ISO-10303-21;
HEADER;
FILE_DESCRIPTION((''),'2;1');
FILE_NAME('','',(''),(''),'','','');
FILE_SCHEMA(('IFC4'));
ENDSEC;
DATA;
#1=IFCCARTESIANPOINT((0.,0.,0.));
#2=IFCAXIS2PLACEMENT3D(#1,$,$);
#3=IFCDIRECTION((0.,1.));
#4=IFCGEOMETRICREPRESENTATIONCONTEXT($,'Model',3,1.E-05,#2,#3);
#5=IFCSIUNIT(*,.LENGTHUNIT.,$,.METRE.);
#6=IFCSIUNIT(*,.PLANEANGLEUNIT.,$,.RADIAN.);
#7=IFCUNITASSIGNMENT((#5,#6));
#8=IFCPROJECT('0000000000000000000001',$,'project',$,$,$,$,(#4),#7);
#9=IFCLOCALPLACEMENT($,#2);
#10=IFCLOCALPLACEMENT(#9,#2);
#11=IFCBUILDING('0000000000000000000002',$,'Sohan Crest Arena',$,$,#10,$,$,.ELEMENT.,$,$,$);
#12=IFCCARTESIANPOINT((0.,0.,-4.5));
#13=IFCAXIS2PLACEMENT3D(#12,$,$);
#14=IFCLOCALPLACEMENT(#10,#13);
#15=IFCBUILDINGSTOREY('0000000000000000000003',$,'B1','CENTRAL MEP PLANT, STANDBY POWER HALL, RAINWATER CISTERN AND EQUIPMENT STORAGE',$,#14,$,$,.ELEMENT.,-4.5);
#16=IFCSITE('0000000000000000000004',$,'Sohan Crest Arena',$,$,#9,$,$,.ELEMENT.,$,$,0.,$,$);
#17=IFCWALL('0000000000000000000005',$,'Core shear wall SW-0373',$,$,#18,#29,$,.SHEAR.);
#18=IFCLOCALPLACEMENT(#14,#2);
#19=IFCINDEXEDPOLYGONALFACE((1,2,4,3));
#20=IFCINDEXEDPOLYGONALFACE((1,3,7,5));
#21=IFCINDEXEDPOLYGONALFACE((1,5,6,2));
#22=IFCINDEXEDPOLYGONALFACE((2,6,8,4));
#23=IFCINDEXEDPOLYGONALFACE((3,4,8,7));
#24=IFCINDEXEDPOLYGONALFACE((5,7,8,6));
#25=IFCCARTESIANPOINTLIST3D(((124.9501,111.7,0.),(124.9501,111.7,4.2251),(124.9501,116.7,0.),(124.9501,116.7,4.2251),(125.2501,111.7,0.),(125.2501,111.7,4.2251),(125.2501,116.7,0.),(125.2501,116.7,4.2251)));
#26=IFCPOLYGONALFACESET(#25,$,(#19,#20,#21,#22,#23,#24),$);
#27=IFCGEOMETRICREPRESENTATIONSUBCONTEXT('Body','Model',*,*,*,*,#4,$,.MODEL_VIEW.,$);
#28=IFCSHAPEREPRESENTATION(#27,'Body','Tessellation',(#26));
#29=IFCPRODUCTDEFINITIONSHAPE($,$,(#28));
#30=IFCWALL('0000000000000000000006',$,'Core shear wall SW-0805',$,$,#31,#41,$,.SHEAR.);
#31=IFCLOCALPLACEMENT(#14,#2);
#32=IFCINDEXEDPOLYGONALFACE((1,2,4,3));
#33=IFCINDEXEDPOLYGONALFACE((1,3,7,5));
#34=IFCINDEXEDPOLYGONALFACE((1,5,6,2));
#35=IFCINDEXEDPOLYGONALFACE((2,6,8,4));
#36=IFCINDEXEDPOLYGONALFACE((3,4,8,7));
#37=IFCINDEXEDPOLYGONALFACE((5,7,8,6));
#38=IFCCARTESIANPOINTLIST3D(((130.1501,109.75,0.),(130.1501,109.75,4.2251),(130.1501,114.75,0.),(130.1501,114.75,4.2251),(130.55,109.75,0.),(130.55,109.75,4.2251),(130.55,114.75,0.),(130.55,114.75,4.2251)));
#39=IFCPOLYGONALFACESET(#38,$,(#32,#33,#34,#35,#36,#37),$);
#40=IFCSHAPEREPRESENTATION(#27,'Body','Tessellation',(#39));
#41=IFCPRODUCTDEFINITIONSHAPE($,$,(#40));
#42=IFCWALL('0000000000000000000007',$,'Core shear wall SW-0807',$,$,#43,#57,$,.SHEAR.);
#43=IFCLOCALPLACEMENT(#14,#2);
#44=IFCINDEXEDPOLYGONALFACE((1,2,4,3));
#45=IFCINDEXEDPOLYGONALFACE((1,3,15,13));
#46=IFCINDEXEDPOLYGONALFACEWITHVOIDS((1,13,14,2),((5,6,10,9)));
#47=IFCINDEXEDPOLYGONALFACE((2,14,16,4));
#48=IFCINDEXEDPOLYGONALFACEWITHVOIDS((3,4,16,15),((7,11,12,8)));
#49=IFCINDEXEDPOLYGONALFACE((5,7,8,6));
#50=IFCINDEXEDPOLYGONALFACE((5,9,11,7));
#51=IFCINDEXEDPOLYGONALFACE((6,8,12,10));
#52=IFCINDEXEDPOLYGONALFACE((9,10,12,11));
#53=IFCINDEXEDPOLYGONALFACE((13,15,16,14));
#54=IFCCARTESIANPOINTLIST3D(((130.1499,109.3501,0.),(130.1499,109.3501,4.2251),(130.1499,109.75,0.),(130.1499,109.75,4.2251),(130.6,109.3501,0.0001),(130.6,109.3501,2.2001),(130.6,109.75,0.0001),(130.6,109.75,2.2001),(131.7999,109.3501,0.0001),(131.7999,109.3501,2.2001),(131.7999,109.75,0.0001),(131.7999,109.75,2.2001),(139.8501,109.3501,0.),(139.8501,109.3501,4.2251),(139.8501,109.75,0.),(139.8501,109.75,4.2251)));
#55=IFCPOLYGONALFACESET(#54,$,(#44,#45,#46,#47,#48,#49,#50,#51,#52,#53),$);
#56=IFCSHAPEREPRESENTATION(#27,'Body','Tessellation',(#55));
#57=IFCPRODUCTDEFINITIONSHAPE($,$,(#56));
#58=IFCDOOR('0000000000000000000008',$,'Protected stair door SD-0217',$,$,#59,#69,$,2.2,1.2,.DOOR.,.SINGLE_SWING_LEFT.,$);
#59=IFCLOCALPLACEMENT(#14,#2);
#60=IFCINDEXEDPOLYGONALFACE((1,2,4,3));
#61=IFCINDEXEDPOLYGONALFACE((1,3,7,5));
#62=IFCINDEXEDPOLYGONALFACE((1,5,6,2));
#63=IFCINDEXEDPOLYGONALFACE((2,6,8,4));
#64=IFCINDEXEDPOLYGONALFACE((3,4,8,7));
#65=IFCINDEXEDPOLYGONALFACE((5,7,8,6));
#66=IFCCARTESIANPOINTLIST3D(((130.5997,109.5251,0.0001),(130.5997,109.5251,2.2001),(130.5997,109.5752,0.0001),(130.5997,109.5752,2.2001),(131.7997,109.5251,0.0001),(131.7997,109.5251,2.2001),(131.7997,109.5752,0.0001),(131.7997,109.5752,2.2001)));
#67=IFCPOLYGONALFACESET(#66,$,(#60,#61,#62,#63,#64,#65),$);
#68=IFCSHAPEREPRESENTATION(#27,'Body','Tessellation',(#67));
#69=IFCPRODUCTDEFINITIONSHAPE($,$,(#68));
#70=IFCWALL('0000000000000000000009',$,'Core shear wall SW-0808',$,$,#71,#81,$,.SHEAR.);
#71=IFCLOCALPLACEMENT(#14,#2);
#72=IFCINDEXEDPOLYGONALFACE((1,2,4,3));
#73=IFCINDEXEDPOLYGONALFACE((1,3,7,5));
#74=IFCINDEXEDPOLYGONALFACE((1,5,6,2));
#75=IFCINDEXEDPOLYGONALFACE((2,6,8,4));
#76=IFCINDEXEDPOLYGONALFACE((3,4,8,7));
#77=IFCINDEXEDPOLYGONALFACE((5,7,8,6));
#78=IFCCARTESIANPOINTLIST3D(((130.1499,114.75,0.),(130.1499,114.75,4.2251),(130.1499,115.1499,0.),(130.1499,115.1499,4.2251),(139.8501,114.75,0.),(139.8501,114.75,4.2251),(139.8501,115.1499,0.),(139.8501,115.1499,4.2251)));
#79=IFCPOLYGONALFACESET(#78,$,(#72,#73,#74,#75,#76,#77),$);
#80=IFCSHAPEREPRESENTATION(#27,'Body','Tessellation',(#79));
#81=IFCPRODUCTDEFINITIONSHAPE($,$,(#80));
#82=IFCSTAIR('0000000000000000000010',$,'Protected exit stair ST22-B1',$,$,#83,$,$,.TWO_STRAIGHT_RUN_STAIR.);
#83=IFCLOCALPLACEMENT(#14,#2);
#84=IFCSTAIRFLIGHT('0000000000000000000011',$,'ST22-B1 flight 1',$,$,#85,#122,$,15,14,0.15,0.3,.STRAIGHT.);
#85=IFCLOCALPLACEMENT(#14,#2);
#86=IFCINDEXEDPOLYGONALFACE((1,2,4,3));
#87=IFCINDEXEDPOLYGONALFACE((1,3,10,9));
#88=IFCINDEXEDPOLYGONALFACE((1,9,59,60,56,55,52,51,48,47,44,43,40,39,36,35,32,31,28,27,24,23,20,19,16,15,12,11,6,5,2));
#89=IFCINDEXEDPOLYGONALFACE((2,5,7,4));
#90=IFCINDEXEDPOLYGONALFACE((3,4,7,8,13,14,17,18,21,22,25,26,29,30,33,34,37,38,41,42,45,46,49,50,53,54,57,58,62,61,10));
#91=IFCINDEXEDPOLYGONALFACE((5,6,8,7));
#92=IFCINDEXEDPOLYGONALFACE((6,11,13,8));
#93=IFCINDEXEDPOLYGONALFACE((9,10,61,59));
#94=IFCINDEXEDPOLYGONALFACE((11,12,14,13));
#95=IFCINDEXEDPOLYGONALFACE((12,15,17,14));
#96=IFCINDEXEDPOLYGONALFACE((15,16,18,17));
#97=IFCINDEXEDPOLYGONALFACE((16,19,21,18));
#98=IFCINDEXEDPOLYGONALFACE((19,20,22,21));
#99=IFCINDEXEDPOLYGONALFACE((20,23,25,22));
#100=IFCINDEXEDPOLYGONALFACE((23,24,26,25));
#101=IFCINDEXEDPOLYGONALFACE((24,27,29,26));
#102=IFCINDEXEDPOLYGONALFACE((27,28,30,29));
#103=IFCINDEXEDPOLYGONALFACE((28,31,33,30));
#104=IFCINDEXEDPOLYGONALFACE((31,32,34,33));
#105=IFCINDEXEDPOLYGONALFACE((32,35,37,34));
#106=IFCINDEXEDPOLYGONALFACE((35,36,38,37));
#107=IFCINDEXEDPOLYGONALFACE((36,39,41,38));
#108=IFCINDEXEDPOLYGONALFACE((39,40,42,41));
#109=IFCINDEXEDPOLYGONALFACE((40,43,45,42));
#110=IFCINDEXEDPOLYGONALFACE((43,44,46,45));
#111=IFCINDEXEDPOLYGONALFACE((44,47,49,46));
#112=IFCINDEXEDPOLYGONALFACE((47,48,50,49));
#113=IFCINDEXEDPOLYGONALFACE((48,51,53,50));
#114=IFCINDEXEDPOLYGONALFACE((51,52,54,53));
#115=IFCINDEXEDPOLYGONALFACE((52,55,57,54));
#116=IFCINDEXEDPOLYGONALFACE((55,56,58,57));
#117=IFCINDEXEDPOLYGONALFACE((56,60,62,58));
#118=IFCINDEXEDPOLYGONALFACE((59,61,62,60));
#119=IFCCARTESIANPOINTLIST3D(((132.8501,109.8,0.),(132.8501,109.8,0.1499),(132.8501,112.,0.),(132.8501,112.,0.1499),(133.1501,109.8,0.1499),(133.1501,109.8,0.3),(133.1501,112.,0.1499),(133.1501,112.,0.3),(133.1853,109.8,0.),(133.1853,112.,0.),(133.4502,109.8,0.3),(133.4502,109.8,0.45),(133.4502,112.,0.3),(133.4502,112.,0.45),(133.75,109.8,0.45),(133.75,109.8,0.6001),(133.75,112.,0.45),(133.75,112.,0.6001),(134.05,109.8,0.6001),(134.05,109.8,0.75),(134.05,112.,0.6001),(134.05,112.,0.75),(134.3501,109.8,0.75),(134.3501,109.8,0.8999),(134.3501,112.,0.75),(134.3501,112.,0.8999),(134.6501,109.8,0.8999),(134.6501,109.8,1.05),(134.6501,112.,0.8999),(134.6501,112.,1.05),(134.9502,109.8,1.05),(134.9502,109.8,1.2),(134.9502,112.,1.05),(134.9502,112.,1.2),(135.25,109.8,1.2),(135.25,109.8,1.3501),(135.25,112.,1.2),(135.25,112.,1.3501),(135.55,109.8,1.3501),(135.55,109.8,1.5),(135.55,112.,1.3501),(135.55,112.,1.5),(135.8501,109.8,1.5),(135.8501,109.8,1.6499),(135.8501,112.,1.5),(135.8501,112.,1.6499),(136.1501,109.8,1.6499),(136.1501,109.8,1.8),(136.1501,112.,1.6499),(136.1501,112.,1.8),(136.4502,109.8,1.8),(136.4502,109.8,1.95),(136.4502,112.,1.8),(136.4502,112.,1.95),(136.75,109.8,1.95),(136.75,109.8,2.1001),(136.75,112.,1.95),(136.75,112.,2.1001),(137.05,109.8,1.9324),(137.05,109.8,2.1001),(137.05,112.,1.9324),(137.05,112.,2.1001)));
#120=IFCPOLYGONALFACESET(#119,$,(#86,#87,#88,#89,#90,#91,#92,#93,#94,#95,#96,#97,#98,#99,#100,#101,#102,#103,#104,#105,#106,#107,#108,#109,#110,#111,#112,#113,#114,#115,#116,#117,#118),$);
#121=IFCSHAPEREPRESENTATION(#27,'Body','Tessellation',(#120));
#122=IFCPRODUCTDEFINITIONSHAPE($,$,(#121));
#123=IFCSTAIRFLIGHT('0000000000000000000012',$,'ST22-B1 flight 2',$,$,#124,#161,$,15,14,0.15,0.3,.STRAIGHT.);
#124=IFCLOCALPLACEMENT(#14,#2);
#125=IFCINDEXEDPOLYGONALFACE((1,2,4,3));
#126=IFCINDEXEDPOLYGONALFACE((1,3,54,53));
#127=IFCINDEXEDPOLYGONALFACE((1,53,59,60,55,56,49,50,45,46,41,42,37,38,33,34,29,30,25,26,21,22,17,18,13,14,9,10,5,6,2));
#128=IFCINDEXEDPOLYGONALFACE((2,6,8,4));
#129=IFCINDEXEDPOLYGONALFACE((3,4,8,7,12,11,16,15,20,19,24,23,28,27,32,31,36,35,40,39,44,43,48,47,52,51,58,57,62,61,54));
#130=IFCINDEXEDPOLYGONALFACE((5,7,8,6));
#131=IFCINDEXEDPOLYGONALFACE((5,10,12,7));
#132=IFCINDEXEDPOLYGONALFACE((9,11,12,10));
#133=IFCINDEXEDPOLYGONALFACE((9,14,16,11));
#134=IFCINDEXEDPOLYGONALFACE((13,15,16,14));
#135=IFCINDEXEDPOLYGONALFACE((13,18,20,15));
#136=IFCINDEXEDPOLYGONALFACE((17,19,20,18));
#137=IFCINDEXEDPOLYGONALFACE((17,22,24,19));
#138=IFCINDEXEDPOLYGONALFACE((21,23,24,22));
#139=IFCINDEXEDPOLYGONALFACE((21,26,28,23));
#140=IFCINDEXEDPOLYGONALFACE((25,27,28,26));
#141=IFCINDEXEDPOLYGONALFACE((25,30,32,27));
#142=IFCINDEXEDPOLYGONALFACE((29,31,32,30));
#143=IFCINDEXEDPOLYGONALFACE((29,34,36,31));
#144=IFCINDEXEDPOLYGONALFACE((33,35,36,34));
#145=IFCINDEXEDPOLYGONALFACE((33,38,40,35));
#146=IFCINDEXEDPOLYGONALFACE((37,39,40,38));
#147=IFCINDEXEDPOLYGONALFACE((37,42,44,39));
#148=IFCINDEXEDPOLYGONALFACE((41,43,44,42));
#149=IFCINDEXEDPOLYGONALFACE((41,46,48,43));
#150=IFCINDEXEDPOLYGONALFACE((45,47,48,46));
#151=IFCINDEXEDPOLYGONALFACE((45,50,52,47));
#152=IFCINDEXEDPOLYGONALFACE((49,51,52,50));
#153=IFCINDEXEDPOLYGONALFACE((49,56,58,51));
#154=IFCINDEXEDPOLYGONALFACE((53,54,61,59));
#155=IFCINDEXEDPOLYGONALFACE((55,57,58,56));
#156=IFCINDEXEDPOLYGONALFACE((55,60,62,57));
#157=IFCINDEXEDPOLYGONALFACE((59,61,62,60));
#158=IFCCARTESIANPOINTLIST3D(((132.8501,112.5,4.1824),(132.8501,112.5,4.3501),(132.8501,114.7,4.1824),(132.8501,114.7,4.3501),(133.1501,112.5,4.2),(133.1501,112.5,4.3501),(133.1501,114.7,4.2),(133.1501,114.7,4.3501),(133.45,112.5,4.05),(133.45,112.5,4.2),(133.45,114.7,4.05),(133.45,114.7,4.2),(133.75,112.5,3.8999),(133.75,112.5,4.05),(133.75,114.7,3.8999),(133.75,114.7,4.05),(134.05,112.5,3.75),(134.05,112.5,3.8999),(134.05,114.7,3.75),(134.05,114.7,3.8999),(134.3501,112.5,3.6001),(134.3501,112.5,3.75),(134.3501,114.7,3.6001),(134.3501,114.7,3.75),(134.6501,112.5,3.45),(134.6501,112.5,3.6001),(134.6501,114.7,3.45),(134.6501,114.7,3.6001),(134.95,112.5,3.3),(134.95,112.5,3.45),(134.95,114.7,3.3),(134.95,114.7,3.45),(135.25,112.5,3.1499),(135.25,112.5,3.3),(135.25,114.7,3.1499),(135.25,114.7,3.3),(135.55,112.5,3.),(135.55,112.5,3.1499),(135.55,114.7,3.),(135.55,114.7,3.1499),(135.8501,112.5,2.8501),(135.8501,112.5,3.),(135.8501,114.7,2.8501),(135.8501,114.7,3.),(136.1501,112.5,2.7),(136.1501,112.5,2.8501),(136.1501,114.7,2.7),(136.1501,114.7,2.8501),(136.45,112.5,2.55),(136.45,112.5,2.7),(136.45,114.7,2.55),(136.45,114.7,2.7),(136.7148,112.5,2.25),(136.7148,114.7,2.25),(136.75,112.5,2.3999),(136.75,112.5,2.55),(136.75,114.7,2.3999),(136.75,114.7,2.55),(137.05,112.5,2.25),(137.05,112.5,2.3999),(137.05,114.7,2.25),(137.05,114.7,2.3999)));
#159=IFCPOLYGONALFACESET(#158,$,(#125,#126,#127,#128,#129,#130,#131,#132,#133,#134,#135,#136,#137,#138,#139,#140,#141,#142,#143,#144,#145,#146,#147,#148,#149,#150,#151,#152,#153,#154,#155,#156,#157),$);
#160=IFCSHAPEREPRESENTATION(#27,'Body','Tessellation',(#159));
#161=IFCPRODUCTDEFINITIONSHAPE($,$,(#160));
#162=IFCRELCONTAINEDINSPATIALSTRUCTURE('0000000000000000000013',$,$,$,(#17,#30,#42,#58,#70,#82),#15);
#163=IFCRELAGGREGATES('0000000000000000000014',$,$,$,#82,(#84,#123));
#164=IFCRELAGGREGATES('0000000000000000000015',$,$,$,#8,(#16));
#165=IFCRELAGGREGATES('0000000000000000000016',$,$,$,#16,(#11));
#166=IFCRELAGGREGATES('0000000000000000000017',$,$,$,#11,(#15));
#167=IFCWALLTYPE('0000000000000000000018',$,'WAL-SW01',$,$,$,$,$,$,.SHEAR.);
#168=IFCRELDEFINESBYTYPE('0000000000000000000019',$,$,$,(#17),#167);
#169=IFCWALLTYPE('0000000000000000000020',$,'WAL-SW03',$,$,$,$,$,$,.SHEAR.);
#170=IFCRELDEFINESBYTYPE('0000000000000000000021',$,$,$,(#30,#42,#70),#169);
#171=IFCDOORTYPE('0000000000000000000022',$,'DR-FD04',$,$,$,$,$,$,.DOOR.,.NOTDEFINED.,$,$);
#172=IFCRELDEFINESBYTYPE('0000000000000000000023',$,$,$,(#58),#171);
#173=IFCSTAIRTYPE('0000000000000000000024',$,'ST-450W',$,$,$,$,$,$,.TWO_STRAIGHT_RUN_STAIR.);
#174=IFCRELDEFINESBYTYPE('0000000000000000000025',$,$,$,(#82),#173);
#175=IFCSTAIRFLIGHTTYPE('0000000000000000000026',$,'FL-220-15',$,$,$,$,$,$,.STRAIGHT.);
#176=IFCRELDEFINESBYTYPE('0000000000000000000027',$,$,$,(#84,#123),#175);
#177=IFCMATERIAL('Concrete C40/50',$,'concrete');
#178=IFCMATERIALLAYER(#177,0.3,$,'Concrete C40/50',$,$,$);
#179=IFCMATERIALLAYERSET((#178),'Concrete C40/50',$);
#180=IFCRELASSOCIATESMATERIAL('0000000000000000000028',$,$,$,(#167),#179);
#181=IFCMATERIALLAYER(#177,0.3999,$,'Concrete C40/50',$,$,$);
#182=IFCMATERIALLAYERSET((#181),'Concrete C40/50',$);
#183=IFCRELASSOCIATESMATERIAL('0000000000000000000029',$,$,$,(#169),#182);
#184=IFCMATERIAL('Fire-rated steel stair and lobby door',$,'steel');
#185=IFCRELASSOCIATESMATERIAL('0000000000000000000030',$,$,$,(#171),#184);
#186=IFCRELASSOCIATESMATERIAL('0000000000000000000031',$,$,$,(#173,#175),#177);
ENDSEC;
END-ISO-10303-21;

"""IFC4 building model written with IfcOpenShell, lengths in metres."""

from ifc_helpers import new_model, si_unit, direction, frame, frame_2d, origin, place, context, subcontext, project, spatial, polyline, rectangle, outline, extrude, material, layer, layer_set, type_object, element, fill, aggregate, save


model = new_model("IFC4")

# Units and contexts
model_context = context("Model", 3, precision=1e-05, world=origin(), true_north=direction((0.0, 1.0)))
body_context = subcontext(model_context, "Body", "Model", "MODEL_VIEW")
ifc_project = project(units=[si_unit("LENGTHUNIT", "METRE"), si_unit("PLANEANGLEUNIT", "RADIAN")], contexts=[model_context])

# Site, building, storey
site_placement = place(None, origin())
site = spatial("IfcSite", under=ifc_project, at=site_placement, Name="Sohan Crest Arena", CompositionType="ELEMENT", RefElevation=0.0)
building_placement = place(site_placement, origin())
building = spatial("IfcBuilding", under=site, at=building_placement, Name="Sohan Crest Arena", CompositionType="ELEMENT")
storey_placement = place(building_placement, frame((0.0, 0.0, -4.5)))
storey = spatial("IfcBuildingStorey", under=building, at=storey_placement, Name="B1", Description="CENTRAL MEP PLANT, STANDBY POWER HALL, RAINWATER CISTERN AND EQUIPMENT STORAGE", CompositionType="ELEMENT", Elevation=-4.5)

# Shared definitions
ifc_material_1 = material(Name="Concrete C40/50", Category="concrete")

# Walls
ifc_layer_1 = layer(ifc_material_1, 0.3, Name="Concrete C40/50")
ifc_layer_set_1 = layer_set([ifc_layer_1], Name="Concrete C40/50")
wall_type_1 = type_object("IfcWallType", Name="WAL-SW01", PredefinedType="SHEAR", material=ifc_layer_set_1)
wall_1_placement = place(storey_placement, frame((125.1001, 111.7, 0.0), z_axis=(0.0, 0.0, 1.0), x_axis=(0.0, 1.0, 0.0)))
element("IfcWall", 1, at=wall_1_placement, inside=storey, type_object=wall_type_1, Name="Core shear wall SW-0373", PredefinedType="SHEAR", context=body_context, shape_type="SweptSolid", body=[
    extrude(rectangle(XDim=5.0, YDim=0.3, at=frame_2d((2.5, 0.0))), origin(), (0.0, 0.0, 1.0), 4.2251),
])
ifc_layer_2 = layer(ifc_material_1, 0.3999, Name="Concrete C40/50")
ifc_layer_set_2 = layer_set([ifc_layer_2], Name="Concrete C40/50")
wall_type_2 = type_object("IfcWallType", Name="WAL-SW03", PredefinedType="SHEAR", material=ifc_layer_set_2)
wall_2_placement = place(storey_placement, frame((130.3501, 109.75, 0.0), z_axis=(0.0, 0.0, 1.0), x_axis=(0.0, 1.0, 0.0)))
element("IfcWall", 2, at=wall_2_placement, inside=storey, type_object=wall_type_2, Name="Core shear wall SW-0805", PredefinedType="SHEAR", context=body_context, shape_type="SweptSolid", body=[
    extrude(rectangle(XDim=5.0, YDim=0.3999, at=frame_2d((2.5, 0.0))), origin(), (0.0, 0.0, 1.0), 4.2251),
])

# Wall, opening, door
wall_3_placement = place(storey_placement, frame((130.1499, 109.55, 0.0), z_axis=(0.0, 0.0, 1.0), x_axis=(1.0, 0.0, 0.0)))
wall_3 = element("IfcWall", 3, at=wall_3_placement, inside=storey, type_object=wall_type_2, Name="Core shear wall SW-0807", PredefinedType="SHEAR", context=body_context, shape_type="SweptSolid", body=[
    extrude(rectangle(XDim=9.7002, YDim=0.3999, at=frame_2d((4.8501, 0.0))), origin(), (0.0, 0.0, 1.0), 4.2251),
])
opening_placement = place(wall_3_placement, frame((0.45, 0.0, 0.0)))
opening = element("IfcOpeningElement", 4, at=opening_placement, cuts=wall_3, PredefinedType="OPENING", context=body_context, shape_type="SweptSolid", body=[
    extrude(rectangle(XDim=1.2, YDim=2.2, at=frame_2d((0.6001, 1.1001))), frame((0.0, 0.21, 0.0), z_axis=(0.0, -1.0, 0.0), x_axis=(1.0, 0.0, 0.0)), (0.0, 0.0, 1.0), 0.4199),
])
ifc_material_2 = material(Name="Fire-rated steel stair and lobby door", Category="steel")
door_type = type_object("IfcDoorType", Name="DR-FD04", OperationType="NOTDEFINED", PredefinedType="DOOR", material=ifc_material_2)
door_placement = place(opening_placement, frame((1.2, 0.0, 0.0), z_axis=(0.0, 0.0, 1.0), x_axis=(-1.0, 0.0, 0.0)))
door = element("IfcDoor", 5, at=door_placement, inside=storey, type_object=door_type, Name="Protected stair door SD-0217", OperationType="SINGLE_SWING_LEFT", OverallHeight=2.2, OverallWidth=1.2, PredefinedType="DOOR", context=body_context, shape_type="SweptSolid", body=[
    extrude(rectangle(XDim=1.2, YDim=2.2, at=frame_2d((0.6001, 1.1001))), frame((0.0, 0.0249, 0.0), z_axis=(0.0, -1.0, 0.0), x_axis=(1.0, 0.0, 0.0)), (0.0, 0.0, 1.0), 0.05),
])
fill(opening, door)

# Wall
wall_4_placement = place(storey_placement, frame((130.1499, 114.95, 0.0), z_axis=(0.0, 0.0, 1.0), x_axis=(1.0, 0.0, 0.0)))
element("IfcWall", 6, at=wall_4_placement, inside=storey, type_object=wall_type_2, Name="Core shear wall SW-0808", PredefinedType="SHEAR", context=body_context, shape_type="SweptSolid", body=[
    extrude(rectangle(XDim=9.7002, YDim=0.3999, at=frame_2d((4.8501, 0.0))), origin(), (0.0, 0.0, 1.0), 4.2251),
])

# Stair, stair flights
stair_type = type_object("IfcStairType", Name="ST-450W", PredefinedType="TWO_STRAIGHT_RUN_STAIR", material=ifc_material_1)
stair_placement = place(storey_placement, origin())
stair = element("IfcStair", 7, at=stair_placement, inside=storey, type_object=stair_type, Name="Protected exit stair ST22-B1", PredefinedType="TWO_STRAIGHT_RUN_STAIR")
stair_flight_type = type_object("IfcStairFlightType", Name="FL-220-15", PredefinedType="STRAIGHT", material=ifc_material_1)
stair_flight_1_placement = place(storey_placement, frame((132.8501, 110.8999, 0.0), z_axis=(0.0, 0.0, 1.0), x_axis=(1.0, 0.0, 0.0)))
stair_flight_1 = element("IfcStairFlight", 8, at=stair_flight_1_placement, type_object=stair_flight_type, Name="ST22-B1 flight 1", NumberOfRisers=15, NumberOfTreads=14, PredefinedType="STRAIGHT", RiserHeight=0.15, TreadLength=0.3, context=body_context, shape_type="SweptSolid", body=[
    extrude(outline(polyline([(0.0, 0.0), (0.0, 0.1499), (0.3, 0.1499), (0.3, 0.3), (0.6001, 0.3), (0.6001, 0.45), (0.8999, 0.45), (0.8999, 0.6001), (1.2, 0.6001), (1.2, 0.75), (1.5, 0.75), (1.5, 0.8999), (1.8, 0.8999), (1.8, 1.05), (2.1001, 1.05), (2.1001, 1.2), (2.3999, 1.2), (2.3999, 1.3501), (2.7, 1.3501), (2.7, 1.5), (3.0, 1.5), (3.0, 1.6499), (3.3, 1.6499), (3.3, 1.8), (3.6001, 1.8), (3.6001, 1.95), (3.8999, 1.95), (3.8999, 2.1001), (4.2, 2.1001), (4.2, 2.25), (4.2, 1.9324), (0.3352, 0.0), (0.0, 0.0)])), frame((0.0, 1.1001, 0.0), z_axis=(0.0, -1.0, 0.0), x_axis=(1.0, 0.0, 0.0)), (0.0, 0.0, 1.0), 2.2),
])
stair_flight_2_placement = place(storey_placement, frame((137.05, 113.6001, 2.25), z_axis=(0.0, 0.0, 1.0), x_axis=(-1.0, 0.0, 0.0)))
stair_flight_2 = element("IfcStairFlight", 9, at=stair_flight_2_placement, type_object=stair_flight_type, Name="ST22-B1 flight 2", NumberOfRisers=15, NumberOfTreads=14, PredefinedType="STRAIGHT", RiserHeight=0.15, TreadLength=0.3, context=body_context, shape_type="SweptSolid", body=[
    extrude(outline(polyline([(0.0, 0.0), (0.0, 0.1499), (0.3, 0.1499), (0.3, 0.3), (0.6001, 0.3), (0.6001, 0.45), (0.8999, 0.45), (0.8999, 0.6001), (1.2, 0.6001), (1.2, 0.75), (1.5, 0.75), (1.5, 0.8999), (1.8, 0.8999), (1.8, 1.05), (2.1001, 1.05), (2.1001, 1.2), (2.3999, 1.2), (2.3999, 1.3501), (2.7, 1.3501), (2.7, 1.5), (3.0, 1.5), (3.0, 1.6499), (3.3, 1.6499), (3.3, 1.8), (3.6001, 1.8), (3.6001, 1.95), (3.8999, 1.95), (3.8999, 2.1001), (4.2, 2.1001), (4.2, 2.25), (4.2, 1.9324), (0.3352, 0.0), (0.0, 0.0)])), frame((0.0, 1.1001, 0.0), z_axis=(0.0, -1.0, 0.0), x_axis=(1.0, 0.0, 0.0)), (0.0, 0.0, 1.0), 2.2),
])
aggregate(stair, [stair_flight_1, stair_flight_2])

save(model, "model.ifc")
